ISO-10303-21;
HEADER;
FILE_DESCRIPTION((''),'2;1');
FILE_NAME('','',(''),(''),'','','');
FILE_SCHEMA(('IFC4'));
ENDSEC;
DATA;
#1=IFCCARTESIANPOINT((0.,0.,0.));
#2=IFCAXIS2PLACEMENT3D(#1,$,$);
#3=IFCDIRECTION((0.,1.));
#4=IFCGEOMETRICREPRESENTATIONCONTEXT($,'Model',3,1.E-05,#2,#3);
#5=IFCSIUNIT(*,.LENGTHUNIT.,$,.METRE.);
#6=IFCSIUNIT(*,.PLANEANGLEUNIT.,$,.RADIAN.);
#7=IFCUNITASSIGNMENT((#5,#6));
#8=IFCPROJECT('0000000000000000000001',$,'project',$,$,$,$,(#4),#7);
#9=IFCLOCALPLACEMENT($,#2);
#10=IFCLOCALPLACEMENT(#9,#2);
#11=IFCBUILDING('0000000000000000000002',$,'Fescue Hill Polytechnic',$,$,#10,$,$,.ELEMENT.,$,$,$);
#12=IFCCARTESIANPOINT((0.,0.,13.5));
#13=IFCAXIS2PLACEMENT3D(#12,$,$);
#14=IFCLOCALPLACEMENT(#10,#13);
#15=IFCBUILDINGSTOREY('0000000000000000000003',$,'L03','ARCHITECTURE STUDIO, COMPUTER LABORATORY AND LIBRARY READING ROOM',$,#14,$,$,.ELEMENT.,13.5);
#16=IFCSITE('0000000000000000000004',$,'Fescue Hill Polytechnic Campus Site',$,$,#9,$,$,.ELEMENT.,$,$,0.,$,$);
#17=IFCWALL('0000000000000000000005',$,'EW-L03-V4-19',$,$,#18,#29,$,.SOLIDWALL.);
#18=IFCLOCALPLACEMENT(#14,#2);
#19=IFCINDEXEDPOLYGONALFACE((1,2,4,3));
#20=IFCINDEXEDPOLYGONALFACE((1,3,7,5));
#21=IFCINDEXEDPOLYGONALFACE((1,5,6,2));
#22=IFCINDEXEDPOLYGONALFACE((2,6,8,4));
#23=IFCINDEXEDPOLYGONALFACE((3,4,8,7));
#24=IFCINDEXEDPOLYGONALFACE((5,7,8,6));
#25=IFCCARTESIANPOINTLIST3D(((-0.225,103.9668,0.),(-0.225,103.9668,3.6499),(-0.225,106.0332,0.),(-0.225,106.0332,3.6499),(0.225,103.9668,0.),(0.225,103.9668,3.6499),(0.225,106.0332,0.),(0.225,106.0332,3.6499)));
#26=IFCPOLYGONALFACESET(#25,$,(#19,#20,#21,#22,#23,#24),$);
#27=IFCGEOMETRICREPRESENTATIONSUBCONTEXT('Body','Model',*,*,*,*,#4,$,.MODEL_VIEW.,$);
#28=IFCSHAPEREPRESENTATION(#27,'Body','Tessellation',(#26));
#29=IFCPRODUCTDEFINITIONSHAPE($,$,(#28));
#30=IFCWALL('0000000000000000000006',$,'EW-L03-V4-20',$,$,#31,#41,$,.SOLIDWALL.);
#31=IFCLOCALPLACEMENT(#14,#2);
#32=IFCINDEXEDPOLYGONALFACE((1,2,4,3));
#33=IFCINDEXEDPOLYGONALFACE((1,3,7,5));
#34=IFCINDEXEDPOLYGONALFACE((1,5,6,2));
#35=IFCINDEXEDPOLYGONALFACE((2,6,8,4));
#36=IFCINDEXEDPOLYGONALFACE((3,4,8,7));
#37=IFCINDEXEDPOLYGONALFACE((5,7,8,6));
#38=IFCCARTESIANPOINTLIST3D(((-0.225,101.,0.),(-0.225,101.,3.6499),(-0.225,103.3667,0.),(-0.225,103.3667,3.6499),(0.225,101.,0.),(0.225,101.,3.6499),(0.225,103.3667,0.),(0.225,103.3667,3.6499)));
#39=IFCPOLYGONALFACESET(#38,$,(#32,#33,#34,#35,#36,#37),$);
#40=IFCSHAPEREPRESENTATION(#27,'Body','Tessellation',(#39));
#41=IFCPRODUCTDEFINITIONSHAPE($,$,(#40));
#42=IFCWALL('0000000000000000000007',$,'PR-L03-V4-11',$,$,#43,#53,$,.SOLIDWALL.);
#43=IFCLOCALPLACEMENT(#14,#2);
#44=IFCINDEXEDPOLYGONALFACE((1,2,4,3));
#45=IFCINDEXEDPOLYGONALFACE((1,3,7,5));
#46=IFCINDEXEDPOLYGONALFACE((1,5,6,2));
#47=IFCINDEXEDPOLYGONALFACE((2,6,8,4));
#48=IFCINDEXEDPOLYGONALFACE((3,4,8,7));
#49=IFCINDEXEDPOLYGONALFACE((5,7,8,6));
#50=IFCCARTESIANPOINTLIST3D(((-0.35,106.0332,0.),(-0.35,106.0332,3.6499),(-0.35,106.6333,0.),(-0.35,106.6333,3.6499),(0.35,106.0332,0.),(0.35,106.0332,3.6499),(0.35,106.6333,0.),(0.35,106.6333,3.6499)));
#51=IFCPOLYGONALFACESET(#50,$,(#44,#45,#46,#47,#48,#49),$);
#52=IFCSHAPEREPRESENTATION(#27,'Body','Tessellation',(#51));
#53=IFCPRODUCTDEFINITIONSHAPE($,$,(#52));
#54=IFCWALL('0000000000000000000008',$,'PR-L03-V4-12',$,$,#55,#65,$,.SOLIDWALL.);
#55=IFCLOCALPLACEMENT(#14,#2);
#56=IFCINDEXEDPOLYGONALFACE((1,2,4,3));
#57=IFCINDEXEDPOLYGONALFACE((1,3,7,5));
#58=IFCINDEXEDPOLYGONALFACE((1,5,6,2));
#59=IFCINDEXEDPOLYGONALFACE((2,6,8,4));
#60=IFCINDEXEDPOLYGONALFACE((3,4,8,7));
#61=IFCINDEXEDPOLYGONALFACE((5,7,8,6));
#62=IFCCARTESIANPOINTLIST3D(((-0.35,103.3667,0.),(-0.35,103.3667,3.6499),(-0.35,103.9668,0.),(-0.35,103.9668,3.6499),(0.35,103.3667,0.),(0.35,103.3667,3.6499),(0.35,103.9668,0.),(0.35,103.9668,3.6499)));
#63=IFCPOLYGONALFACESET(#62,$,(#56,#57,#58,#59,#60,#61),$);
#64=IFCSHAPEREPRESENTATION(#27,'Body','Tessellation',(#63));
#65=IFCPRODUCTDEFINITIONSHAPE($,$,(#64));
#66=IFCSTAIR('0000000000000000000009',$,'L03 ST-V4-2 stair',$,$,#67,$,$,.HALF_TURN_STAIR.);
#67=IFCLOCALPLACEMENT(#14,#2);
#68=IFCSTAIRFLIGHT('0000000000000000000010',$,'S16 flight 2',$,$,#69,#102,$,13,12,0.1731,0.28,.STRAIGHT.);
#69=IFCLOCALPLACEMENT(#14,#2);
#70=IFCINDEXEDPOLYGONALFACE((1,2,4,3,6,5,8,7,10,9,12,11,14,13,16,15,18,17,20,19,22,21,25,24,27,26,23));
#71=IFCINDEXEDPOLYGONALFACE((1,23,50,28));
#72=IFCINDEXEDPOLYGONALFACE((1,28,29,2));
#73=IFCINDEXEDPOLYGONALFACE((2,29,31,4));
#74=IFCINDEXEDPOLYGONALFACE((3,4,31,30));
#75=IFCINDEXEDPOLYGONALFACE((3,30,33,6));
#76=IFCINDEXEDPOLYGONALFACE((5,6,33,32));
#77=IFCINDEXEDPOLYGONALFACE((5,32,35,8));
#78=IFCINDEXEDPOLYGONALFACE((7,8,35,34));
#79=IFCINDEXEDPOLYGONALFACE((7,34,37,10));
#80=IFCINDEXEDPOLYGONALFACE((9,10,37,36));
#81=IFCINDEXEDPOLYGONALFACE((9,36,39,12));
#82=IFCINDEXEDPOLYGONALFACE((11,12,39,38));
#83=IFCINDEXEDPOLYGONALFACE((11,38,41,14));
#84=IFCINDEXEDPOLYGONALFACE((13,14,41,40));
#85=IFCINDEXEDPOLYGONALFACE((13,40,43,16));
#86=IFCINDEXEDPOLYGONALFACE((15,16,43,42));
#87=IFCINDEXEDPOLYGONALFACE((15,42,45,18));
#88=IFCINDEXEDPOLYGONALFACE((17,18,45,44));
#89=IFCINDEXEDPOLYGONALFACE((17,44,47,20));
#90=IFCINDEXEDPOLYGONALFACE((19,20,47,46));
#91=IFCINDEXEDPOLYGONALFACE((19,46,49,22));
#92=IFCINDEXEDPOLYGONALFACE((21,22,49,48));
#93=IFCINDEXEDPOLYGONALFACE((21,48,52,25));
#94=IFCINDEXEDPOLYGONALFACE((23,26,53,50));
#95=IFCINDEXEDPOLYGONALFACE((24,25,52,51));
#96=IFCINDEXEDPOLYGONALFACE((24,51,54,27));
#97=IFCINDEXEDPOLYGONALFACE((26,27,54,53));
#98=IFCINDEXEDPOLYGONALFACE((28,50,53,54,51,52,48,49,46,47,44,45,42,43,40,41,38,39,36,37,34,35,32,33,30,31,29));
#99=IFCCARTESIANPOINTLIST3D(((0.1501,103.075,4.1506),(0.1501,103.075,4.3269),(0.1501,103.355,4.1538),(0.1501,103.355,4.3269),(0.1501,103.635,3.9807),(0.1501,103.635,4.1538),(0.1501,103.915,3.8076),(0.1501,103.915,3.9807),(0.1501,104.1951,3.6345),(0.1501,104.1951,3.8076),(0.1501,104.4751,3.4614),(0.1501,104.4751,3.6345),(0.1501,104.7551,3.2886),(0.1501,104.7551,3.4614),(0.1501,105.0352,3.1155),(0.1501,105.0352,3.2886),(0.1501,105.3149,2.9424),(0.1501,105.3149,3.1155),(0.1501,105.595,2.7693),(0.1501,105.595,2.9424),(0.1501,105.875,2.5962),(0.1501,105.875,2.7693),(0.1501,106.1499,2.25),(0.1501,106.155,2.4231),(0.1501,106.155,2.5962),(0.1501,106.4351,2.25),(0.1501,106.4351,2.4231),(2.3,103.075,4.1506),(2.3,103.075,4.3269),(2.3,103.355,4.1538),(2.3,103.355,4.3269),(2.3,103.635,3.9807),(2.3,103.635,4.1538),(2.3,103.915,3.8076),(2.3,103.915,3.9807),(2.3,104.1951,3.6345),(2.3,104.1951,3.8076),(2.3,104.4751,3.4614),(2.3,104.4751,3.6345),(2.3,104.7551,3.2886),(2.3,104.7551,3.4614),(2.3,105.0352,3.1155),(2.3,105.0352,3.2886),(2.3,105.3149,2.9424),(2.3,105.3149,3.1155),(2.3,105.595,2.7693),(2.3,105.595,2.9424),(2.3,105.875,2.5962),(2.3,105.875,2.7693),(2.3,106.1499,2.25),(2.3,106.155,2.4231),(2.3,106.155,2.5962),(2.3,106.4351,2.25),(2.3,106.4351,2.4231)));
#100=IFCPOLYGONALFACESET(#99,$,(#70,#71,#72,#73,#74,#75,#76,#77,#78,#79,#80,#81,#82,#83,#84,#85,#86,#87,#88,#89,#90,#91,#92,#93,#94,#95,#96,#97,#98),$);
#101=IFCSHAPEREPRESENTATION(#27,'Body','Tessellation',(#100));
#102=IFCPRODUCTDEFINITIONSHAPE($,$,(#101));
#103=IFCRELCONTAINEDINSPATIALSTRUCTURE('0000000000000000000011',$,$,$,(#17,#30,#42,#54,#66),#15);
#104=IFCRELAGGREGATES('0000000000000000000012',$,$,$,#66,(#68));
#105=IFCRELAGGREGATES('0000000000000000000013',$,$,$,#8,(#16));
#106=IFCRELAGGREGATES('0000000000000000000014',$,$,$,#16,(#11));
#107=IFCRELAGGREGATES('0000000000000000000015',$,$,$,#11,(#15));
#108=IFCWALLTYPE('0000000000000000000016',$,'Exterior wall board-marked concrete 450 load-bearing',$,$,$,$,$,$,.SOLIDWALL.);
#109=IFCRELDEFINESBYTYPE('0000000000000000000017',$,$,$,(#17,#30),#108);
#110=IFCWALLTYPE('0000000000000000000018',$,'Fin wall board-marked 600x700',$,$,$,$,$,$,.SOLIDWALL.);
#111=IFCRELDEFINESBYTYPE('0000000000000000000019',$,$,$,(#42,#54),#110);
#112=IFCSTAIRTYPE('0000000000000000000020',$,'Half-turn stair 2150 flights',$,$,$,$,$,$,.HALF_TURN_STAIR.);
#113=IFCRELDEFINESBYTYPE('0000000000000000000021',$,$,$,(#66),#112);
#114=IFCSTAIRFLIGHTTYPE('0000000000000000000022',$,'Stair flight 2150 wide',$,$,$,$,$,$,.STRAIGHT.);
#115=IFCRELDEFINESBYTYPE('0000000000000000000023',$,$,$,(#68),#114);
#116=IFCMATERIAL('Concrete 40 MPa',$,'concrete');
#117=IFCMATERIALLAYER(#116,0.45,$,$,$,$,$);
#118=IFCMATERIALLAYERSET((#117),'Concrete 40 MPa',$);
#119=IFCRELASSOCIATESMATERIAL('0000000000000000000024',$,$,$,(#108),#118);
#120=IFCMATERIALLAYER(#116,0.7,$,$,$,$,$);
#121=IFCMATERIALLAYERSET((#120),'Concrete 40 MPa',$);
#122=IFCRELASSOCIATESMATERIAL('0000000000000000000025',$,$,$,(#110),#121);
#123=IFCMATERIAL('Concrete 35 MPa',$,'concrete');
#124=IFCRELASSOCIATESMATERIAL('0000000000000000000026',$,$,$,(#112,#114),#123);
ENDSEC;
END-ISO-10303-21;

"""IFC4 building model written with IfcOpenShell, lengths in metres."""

from ifc_helpers import new_model, si_unit, direction, frame, frame_2d, origin, place, context, subcontext, project, spatial, polyline, rectangle, outline, extrude, material, layer, layer_set, type_object, element, aggregate, save


model = new_model("IFC4")

# Units and contexts
model_context = context("Model", 3, precision=1e-05, world=origin(), true_north=direction((0.0, 1.0)))
body_context = subcontext(model_context, "Body", "Model", "MODEL_VIEW")
ifc_project = project(units=[si_unit("LENGTHUNIT", "METRE"), si_unit("PLANEANGLEUNIT", "RADIAN")], contexts=[model_context])

# Site, building, storey
site_placement = place(None, origin())
site = spatial("IfcSite", under=ifc_project, at=site_placement, Name="Fescue Hill Polytechnic Campus Site", CompositionType="ELEMENT", RefElevation=0.0)
building_placement = place(site_placement, origin())
building = spatial("IfcBuilding", under=site, at=building_placement, Name="Fescue Hill Polytechnic", CompositionType="ELEMENT")
storey_placement = place(building_placement, frame((0.0, 0.0, 13.5)))
storey = spatial("IfcBuildingStorey", under=building, at=storey_placement, Name="L03", Description="ARCHITECTURE STUDIO, COMPUTER LABORATORY AND LIBRARY READING ROOM", CompositionType="ELEMENT", Elevation=13.5)

# Shared definitions
ifc_material_1 = material(Name="Concrete 40 MPa", Category="concrete")

# Shared definitions
ifc_material_2 = material(Name="Concrete 35 MPa", Category="concrete")

# Walls
ifc_layer_1 = layer(ifc_material_1, 0.45)
ifc_layer_set_1 = layer_set([ifc_layer_1], Name="Concrete 40 MPa")
wall_type_1 = type_object("IfcWallType", Name="Exterior wall board-marked concrete 450 load-bearing", PredefinedType="SOLIDWALL", material=ifc_layer_set_1)
wall_1_placement = place(storey_placement, frame((0.0, 106.0332, 0.0), z_axis=(0.0, 0.0, 1.0), x_axis=(0.0, -1.0, 0.0)))
element("IfcWall", 1, at=wall_1_placement, inside=storey, type_object=wall_type_1, Name="EW-L03-V4-19", PredefinedType="SOLIDWALL", context=body_context, shape_type="SweptSolid", body=[
    extrude(rectangle(XDim=2.0664, YDim=0.45, at=frame_2d((1.0332, 0.0))), origin(), (0.0, 0.0, 1.0), 3.6499),
])
wall_2_placement = place(storey_placement, frame((0.0, 103.3667, 0.0), z_axis=(0.0, 0.0, 1.0), x_axis=(0.0, -1.0, 0.0)))
element("IfcWall", 2, at=wall_2_placement, inside=storey, type_object=wall_type_1, Name="EW-L03-V4-20", PredefinedType="SOLIDWALL", context=body_context, shape_type="SweptSolid", body=[
    extrude(rectangle(XDim=2.3667, YDim=0.45, at=frame_2d((1.1833, 0.0))), origin(), (0.0, 0.0, 1.0), 3.6499),
])
ifc_layer_2 = layer(ifc_material_1, 0.7)
ifc_layer_set_2 = layer_set([ifc_layer_2], Name="Concrete 40 MPa")
wall_type_2 = type_object("IfcWallType", Name="Fin wall board-marked 600x700", PredefinedType="SOLIDWALL", material=ifc_layer_set_2)
for number, where, z_axis, x_axis, name in (
    (3, (0.0, 106.6333, 0.0), (0.0, 0.0, 1.0), (0.0, -1.0, 0.0), "PR-L03-V4-11"),
    (4, (0.0, 103.9668, 0.0), (0.0, 0.0, 1.0), (0.0, -1.0, 0.0), "PR-L03-V4-12"),
):
    element("IfcWall", number, at=place(storey_placement, frame(where, z_axis=z_axis, x_axis=x_axis)), inside=storey, type_object=wall_type_2, Name=name, PredefinedType="SOLIDWALL", context=body_context, shape_type="SweptSolid", body=[
        extrude(rectangle(XDim=0.6001, YDim=0.7, at=frame_2d((0.3, 0.0))), origin(), (0.0, 0.0, 1.0), 3.6499),
    ])

# Stair, stair flight
stair_type = type_object("IfcStairType", Name="Half-turn stair 2150 flights", PredefinedType="HALF_TURN_STAIR", material=ifc_material_2)
stair_placement = place(storey_placement, origin())
stair = element("IfcStair", 5, at=stair_placement, inside=storey, type_object=stair_type, Name="L03 ST-V4-2 stair", PredefinedType="HALF_TURN_STAIR")
stair_flight_type = type_object("IfcStairFlightType", Name="Stair flight 2150 wide", PredefinedType="STRAIGHT", material=ifc_material_2)
stair_flight_placement = place(storey_placement, frame((1.2251, 106.4351, 2.25), z_axis=(0.0, 0.0, 1.0), x_axis=(0.0, -1.0, 0.0)))
stair_flight = element("IfcStairFlight", 6, at=stair_flight_placement, type_object=stair_flight_type, Name="S16 flight 2", NumberOfRisers=13, NumberOfTreads=12, PredefinedType="STRAIGHT", RiserHeight=0.1731, TreadLength=0.28, context=body_context, shape_type="SweptSolid", body=[
    extrude(outline(polyline([(0.0, 0.0), (0.0, 0.1731), (0.28, 0.1731), (0.28, 0.3462), (0.5601, 0.3462), (0.5601, 0.5193), (0.8401, 0.5193), (0.8401, 0.6924), (1.1201, 0.6924), (1.1201, 0.8655), (1.3999, 0.8655), (1.3999, 1.0386), (1.6799, 1.0386), (1.6799, 1.2114), (1.96, 1.2114), (1.96, 1.3845), (2.24, 1.3845), (2.24, 1.5576), (2.52, 1.5576), (2.52, 1.7307), (2.8, 1.7307), (2.8, 1.9038), (3.0801, 1.9038), (3.0801, 2.0769), (3.3601, 2.0769), (3.3601, 2.25), (3.3601, 1.9006), (0.2852, 0.0), (0.0, 0.0)])), frame((0.0, 1.075, 0.0), z_axis=(0.0, -1.0, 0.0), x_axis=(1.0, 0.0, 0.0)), (0.0, 0.0, 1.0), 2.1499),
])
aggregate(stair, [stair_flight])

save(model, "model.ifc")
